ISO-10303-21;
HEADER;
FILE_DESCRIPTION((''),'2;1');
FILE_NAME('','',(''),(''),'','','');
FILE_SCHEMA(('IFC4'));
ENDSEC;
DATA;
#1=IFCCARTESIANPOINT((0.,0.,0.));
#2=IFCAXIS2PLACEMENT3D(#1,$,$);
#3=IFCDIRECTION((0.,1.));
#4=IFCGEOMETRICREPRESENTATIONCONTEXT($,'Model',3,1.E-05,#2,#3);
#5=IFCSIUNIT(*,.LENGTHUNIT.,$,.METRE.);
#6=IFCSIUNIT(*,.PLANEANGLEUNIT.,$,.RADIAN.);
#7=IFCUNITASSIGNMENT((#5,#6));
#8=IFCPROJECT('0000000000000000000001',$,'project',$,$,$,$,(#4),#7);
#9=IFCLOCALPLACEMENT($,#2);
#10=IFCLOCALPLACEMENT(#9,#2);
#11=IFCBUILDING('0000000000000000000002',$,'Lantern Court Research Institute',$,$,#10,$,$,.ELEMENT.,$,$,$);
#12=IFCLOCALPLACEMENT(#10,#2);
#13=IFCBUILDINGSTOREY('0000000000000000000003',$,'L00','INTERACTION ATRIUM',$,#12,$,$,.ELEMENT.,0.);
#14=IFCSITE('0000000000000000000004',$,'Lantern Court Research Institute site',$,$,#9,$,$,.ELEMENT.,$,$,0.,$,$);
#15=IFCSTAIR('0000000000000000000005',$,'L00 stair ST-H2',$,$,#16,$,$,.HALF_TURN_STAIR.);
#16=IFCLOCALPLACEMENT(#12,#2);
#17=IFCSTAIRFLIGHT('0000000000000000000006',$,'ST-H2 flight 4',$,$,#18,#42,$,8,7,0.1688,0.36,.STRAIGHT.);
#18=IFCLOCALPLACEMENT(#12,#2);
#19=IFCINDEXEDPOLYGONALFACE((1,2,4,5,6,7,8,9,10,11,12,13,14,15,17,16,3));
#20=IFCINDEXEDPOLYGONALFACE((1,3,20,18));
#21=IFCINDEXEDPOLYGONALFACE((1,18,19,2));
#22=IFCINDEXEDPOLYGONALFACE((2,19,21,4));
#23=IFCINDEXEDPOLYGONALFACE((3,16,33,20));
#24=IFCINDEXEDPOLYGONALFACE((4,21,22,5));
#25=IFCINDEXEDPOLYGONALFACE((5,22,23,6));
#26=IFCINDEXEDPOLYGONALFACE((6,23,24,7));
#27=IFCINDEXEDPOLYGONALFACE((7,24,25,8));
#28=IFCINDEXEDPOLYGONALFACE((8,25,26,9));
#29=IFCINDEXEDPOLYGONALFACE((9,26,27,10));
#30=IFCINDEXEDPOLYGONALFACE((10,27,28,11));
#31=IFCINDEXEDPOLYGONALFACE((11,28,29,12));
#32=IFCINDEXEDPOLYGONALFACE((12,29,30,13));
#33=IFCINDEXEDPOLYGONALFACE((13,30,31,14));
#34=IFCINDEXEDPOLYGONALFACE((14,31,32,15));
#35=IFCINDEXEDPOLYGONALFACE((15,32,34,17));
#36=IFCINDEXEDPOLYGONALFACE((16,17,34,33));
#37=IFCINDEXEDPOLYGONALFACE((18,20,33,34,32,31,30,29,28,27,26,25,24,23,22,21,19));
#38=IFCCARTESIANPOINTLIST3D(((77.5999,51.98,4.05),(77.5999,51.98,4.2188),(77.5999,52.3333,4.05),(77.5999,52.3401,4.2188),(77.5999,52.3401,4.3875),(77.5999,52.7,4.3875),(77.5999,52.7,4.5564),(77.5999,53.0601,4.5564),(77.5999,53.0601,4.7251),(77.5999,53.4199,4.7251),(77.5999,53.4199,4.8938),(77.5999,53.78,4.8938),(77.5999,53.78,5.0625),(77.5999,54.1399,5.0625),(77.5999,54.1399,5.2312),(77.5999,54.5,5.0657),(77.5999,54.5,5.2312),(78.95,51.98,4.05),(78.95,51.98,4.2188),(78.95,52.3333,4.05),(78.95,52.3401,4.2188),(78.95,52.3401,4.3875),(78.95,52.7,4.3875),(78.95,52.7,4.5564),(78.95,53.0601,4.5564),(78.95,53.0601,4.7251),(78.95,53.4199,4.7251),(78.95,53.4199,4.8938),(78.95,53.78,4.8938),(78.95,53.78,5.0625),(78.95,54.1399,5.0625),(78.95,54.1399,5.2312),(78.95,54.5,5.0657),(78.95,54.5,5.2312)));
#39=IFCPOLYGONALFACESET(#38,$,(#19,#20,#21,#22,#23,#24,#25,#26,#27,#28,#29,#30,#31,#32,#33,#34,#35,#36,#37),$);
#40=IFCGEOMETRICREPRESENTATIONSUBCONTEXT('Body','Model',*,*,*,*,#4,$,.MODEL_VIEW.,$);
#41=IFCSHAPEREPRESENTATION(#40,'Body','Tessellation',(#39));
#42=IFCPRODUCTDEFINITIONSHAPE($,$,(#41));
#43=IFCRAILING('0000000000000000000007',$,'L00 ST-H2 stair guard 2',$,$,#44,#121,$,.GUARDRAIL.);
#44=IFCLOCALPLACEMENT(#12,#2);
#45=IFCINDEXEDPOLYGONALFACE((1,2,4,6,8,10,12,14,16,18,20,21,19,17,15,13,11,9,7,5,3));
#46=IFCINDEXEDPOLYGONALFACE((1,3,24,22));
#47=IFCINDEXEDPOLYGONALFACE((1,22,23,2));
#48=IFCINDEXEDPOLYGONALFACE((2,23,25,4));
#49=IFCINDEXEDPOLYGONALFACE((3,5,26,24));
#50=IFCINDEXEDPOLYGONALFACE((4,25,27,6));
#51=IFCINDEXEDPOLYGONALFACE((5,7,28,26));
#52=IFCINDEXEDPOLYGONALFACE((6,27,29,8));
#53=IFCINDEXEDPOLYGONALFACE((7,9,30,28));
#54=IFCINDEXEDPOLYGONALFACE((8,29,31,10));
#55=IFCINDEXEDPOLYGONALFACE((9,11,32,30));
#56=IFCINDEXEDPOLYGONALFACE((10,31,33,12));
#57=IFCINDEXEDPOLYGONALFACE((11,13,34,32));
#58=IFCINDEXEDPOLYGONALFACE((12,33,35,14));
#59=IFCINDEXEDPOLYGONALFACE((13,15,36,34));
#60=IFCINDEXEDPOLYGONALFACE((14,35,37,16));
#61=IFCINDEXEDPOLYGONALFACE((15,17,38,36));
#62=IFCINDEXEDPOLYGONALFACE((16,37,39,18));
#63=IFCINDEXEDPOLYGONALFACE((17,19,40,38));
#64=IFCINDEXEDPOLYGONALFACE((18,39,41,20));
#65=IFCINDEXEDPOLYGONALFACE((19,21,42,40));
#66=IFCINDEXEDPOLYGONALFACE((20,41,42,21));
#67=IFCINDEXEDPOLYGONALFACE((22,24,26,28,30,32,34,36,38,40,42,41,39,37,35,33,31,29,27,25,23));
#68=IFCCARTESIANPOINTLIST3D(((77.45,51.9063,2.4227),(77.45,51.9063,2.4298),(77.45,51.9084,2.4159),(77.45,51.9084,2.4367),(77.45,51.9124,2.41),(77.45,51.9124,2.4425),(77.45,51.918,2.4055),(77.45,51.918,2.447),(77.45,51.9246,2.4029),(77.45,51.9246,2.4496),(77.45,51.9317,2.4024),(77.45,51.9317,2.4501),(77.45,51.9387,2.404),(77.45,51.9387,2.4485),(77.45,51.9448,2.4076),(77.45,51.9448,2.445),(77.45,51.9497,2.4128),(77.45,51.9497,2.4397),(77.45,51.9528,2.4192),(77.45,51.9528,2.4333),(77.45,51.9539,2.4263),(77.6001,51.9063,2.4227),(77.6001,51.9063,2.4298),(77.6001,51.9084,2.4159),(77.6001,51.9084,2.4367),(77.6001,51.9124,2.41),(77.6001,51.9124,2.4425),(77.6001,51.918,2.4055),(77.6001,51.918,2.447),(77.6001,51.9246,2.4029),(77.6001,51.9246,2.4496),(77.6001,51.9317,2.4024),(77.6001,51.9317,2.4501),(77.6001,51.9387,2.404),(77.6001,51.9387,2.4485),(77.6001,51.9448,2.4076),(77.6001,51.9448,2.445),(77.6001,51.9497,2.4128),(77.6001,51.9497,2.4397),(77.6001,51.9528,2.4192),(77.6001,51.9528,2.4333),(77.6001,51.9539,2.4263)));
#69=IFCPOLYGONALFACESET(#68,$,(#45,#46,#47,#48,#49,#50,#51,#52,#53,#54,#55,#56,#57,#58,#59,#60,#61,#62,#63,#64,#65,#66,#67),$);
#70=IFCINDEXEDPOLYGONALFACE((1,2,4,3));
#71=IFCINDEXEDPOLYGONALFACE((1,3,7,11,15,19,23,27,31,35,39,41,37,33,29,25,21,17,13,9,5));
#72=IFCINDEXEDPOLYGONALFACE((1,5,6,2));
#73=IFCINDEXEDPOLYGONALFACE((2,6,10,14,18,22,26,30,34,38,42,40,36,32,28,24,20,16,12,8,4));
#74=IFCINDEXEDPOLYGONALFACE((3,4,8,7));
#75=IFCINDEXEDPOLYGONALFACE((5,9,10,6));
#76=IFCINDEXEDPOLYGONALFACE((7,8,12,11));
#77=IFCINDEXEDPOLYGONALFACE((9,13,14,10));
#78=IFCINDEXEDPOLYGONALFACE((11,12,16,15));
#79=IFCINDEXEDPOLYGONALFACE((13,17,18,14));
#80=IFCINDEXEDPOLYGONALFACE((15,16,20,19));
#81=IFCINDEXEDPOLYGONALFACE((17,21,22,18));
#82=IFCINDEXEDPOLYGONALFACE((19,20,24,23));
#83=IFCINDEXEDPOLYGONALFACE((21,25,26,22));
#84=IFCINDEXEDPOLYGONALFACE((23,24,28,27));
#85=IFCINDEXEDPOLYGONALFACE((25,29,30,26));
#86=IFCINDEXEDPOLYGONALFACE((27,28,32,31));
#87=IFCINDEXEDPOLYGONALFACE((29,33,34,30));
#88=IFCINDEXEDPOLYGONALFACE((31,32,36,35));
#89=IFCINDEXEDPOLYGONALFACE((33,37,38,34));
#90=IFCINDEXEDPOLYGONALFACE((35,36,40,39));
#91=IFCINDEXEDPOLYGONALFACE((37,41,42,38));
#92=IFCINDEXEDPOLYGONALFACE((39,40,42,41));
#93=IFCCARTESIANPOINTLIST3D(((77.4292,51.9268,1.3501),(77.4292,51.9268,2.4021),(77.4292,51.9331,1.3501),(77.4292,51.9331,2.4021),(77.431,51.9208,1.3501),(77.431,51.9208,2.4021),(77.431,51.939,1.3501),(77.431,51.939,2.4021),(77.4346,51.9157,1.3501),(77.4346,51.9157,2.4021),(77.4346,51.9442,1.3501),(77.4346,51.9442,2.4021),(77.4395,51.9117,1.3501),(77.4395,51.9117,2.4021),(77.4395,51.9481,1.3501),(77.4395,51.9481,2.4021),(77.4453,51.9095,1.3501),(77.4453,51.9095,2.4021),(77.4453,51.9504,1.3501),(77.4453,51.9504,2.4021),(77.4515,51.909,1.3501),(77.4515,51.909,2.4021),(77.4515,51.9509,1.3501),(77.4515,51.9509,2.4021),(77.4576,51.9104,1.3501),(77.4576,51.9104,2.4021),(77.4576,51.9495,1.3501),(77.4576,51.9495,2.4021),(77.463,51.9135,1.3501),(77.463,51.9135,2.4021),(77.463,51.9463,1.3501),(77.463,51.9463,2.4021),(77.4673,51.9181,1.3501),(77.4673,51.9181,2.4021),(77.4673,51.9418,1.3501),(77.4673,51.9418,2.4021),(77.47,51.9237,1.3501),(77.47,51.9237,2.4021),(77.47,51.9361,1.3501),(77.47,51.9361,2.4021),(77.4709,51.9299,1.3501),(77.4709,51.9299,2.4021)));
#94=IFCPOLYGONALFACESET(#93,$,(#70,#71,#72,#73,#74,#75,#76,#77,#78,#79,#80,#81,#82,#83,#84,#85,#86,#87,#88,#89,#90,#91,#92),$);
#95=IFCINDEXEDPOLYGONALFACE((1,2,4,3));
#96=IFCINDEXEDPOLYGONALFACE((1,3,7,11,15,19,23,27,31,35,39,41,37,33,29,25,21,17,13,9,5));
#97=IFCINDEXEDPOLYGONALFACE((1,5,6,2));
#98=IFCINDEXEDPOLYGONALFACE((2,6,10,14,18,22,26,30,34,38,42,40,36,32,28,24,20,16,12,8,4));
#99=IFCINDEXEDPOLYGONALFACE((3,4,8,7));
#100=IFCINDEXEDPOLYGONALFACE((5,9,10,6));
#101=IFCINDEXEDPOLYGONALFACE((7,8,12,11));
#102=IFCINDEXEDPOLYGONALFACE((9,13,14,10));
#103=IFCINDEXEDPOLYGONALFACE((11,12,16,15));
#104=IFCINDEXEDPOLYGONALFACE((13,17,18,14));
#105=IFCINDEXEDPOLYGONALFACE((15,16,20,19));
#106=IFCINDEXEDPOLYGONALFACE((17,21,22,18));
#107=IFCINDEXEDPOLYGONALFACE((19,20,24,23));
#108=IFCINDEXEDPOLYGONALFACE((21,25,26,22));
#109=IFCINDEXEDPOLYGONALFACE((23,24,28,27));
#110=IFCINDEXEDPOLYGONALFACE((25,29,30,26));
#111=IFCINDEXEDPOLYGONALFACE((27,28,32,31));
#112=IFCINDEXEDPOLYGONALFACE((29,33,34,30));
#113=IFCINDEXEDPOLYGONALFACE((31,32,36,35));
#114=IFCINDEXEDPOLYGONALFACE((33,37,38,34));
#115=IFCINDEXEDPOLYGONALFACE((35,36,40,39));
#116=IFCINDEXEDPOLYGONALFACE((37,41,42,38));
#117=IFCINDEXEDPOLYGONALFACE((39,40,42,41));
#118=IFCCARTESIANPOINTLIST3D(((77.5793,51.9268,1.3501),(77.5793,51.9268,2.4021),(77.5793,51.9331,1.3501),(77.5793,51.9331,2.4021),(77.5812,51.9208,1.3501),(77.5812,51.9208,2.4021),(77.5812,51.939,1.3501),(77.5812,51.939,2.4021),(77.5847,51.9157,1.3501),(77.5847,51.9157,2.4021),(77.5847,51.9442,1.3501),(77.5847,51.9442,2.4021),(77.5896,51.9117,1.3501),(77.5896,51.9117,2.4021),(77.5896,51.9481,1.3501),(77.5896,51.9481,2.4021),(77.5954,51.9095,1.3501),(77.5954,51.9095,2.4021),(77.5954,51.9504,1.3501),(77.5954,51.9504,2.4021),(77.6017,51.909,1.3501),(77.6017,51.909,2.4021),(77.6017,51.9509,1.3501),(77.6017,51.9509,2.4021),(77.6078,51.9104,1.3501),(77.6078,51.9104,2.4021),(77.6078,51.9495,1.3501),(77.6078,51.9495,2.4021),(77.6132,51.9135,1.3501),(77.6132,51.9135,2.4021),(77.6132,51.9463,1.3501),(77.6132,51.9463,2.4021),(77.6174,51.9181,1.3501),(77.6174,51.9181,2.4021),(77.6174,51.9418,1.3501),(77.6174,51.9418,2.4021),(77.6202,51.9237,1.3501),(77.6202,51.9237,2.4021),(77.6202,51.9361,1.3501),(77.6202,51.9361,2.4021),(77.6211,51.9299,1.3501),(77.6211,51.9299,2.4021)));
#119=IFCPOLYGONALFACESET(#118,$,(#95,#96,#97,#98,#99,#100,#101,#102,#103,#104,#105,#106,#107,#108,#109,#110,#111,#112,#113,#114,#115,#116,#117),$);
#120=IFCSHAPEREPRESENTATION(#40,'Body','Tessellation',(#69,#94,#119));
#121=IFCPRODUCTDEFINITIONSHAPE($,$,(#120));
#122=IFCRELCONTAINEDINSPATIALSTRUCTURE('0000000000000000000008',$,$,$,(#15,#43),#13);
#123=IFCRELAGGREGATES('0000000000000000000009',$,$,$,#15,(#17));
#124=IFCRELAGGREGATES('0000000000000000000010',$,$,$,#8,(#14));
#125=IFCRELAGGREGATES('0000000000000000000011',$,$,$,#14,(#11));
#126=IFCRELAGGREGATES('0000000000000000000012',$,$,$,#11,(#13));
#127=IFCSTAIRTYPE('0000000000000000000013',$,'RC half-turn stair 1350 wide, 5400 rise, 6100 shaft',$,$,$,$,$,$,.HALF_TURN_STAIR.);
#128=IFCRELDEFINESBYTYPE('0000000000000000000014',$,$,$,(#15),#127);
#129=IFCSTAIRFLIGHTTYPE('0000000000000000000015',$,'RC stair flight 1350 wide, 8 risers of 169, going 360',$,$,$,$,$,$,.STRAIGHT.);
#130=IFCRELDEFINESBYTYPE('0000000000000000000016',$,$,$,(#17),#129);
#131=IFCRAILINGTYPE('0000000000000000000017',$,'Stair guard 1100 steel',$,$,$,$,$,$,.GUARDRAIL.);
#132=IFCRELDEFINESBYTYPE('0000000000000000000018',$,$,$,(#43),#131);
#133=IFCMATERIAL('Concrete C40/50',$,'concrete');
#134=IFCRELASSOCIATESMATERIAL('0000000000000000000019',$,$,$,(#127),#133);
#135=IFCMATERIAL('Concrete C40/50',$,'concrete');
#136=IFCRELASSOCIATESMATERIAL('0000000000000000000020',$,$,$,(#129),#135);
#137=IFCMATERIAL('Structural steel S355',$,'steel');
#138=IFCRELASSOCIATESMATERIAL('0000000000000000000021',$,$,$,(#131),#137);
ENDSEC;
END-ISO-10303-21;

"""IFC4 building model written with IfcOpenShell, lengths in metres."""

from ifc_helpers import new_model, si_unit, direction, frame, origin, origin_2d, place, context, subcontext, project, spatial, polyline, circle, outline, extrude, material, type_object, element, aggregate, save


model = new_model("IFC4")

# Units and contexts
model_context = context("Model", 3, precision=1e-05, world=origin(), true_north=direction((0.0, 1.0)))
body_context = subcontext(model_context, "Body", "Model", "MODEL_VIEW")
ifc_project = project(units=[si_unit("LENGTHUNIT", "METRE"), si_unit("PLANEANGLEUNIT", "RADIAN")], contexts=[model_context])

# Site, building, storey
site_placement = place(None, origin())
site = spatial("IfcSite", under=ifc_project, at=site_placement, Name="Lantern Court Research Institute site", CompositionType="ELEMENT", RefElevation=0.0)
building_placement = place(site_placement, origin())
building = spatial("IfcBuilding", under=site, at=building_placement, Name="Lantern Court Research Institute", CompositionType="ELEMENT")
storey_placement = place(building_placement, origin())
storey = spatial("IfcBuildingStorey", under=building, at=storey_placement, Name="L00", Description="INTERACTION ATRIUM", CompositionType="ELEMENT", Elevation=0.0)

# Stair, stair flight
ifc_material_1 = material(Name="Concrete C40/50", Category="concrete")
stair_type = type_object("IfcStairType", Name="RC half-turn stair 1350 wide, 5400 rise, 6100 shaft", PredefinedType="HALF_TURN_STAIR", material=ifc_material_1)
stair_placement = place(storey_placement, origin())
stair = element("IfcStair", 1, at=stair_placement, inside=storey, type_object=stair_type, Name="L00 stair ST-H2", PredefinedType="HALF_TURN_STAIR")
ifc_material_2 = material(Name="Concrete C40/50", Category="concrete")
stair_flight_type = type_object("IfcStairFlightType", Name="RC stair flight 1350 wide, 8 risers of 169, going 360", PredefinedType="STRAIGHT", material=ifc_material_2)
stair_flight_1_placement = place(storey_placement, frame((78.2749, 51.98, 4.05), z_axis=(0.0, 0.0, 1.0), x_axis=(0.0, 1.0, 0.0)))
stair_flight_1 = element("IfcStairFlight", 2, at=stair_flight_1_placement, type_object=stair_flight_type, Name="ST-H2 flight 4", NumberOfRisers=8, NumberOfTreads=7, PredefinedType="STRAIGHT", RiserHeight=0.1688, TreadLength=0.36, context=body_context, shape_type="SweptSolid", body=[
    extrude(outline(polyline([(0.0, 0.0), (0.0, 0.1687), (0.3601, 0.1687), (0.3601, 0.3374), (0.72, 0.3374), (0.72, 0.5063), (1.0801, 0.5063), (1.0801, 0.675), (1.4399, 0.675), (1.4399, 0.8438), (1.8, 0.8438), (1.8, 1.0125), (2.1599, 1.0125), (2.1599, 1.1812), (2.52, 1.1812), (2.52, 1.3501), (2.52, 1.0156), (0.3533, 0.0), (0.0, 0.0)])), frame((0.0, 0.675, 0.0), z_axis=(0.0, -1.0, 0.0), x_axis=(1.0, 0.0, 0.0)), (0.0, 0.0, 1.0), 1.3501),
])
aggregate(stair, [stair_flight_1])

# Railing
ifc_material_3 = material(Name="Structural steel S355", Category="steel")
railing_type_1 = type_object("IfcRailingType", Name="Stair guard 1100 steel", PredefinedType="GUARDRAIL", material=ifc_material_3)
railing_1_placement = place(storey_placement, frame((77.45, 51.9299, 1.3501)))
element("IfcRailing", 3, at=railing_1_placement, inside=storey, type_object=railing_type_1, Name="L00 ST-H2 stair guard 2", PredefinedType="GUARDRAIL", context=body_context, shape_type="SweptSolid", body=[
    extrude(circle(Radius=0.0239, at=origin_2d()), frame((0.0, 0.0, 1.0762), z_axis=(1.0, 0.0, 0.0), x_axis=(0.0, 1.0, 0.0)), (0.0, 0.0, 1.0), 0.1501),
    extrude(circle(Radius=0.021, at=origin_2d()), origin(), (0.0, 0.0, 1.0), 1.052),
    extrude(circle(Radius=0.021, at=origin_2d()), frame((0.1501, 0.0, 0.0)), (0.0, 0.0, 1.0), 1.052),
])

save(model, "model.ifc")
